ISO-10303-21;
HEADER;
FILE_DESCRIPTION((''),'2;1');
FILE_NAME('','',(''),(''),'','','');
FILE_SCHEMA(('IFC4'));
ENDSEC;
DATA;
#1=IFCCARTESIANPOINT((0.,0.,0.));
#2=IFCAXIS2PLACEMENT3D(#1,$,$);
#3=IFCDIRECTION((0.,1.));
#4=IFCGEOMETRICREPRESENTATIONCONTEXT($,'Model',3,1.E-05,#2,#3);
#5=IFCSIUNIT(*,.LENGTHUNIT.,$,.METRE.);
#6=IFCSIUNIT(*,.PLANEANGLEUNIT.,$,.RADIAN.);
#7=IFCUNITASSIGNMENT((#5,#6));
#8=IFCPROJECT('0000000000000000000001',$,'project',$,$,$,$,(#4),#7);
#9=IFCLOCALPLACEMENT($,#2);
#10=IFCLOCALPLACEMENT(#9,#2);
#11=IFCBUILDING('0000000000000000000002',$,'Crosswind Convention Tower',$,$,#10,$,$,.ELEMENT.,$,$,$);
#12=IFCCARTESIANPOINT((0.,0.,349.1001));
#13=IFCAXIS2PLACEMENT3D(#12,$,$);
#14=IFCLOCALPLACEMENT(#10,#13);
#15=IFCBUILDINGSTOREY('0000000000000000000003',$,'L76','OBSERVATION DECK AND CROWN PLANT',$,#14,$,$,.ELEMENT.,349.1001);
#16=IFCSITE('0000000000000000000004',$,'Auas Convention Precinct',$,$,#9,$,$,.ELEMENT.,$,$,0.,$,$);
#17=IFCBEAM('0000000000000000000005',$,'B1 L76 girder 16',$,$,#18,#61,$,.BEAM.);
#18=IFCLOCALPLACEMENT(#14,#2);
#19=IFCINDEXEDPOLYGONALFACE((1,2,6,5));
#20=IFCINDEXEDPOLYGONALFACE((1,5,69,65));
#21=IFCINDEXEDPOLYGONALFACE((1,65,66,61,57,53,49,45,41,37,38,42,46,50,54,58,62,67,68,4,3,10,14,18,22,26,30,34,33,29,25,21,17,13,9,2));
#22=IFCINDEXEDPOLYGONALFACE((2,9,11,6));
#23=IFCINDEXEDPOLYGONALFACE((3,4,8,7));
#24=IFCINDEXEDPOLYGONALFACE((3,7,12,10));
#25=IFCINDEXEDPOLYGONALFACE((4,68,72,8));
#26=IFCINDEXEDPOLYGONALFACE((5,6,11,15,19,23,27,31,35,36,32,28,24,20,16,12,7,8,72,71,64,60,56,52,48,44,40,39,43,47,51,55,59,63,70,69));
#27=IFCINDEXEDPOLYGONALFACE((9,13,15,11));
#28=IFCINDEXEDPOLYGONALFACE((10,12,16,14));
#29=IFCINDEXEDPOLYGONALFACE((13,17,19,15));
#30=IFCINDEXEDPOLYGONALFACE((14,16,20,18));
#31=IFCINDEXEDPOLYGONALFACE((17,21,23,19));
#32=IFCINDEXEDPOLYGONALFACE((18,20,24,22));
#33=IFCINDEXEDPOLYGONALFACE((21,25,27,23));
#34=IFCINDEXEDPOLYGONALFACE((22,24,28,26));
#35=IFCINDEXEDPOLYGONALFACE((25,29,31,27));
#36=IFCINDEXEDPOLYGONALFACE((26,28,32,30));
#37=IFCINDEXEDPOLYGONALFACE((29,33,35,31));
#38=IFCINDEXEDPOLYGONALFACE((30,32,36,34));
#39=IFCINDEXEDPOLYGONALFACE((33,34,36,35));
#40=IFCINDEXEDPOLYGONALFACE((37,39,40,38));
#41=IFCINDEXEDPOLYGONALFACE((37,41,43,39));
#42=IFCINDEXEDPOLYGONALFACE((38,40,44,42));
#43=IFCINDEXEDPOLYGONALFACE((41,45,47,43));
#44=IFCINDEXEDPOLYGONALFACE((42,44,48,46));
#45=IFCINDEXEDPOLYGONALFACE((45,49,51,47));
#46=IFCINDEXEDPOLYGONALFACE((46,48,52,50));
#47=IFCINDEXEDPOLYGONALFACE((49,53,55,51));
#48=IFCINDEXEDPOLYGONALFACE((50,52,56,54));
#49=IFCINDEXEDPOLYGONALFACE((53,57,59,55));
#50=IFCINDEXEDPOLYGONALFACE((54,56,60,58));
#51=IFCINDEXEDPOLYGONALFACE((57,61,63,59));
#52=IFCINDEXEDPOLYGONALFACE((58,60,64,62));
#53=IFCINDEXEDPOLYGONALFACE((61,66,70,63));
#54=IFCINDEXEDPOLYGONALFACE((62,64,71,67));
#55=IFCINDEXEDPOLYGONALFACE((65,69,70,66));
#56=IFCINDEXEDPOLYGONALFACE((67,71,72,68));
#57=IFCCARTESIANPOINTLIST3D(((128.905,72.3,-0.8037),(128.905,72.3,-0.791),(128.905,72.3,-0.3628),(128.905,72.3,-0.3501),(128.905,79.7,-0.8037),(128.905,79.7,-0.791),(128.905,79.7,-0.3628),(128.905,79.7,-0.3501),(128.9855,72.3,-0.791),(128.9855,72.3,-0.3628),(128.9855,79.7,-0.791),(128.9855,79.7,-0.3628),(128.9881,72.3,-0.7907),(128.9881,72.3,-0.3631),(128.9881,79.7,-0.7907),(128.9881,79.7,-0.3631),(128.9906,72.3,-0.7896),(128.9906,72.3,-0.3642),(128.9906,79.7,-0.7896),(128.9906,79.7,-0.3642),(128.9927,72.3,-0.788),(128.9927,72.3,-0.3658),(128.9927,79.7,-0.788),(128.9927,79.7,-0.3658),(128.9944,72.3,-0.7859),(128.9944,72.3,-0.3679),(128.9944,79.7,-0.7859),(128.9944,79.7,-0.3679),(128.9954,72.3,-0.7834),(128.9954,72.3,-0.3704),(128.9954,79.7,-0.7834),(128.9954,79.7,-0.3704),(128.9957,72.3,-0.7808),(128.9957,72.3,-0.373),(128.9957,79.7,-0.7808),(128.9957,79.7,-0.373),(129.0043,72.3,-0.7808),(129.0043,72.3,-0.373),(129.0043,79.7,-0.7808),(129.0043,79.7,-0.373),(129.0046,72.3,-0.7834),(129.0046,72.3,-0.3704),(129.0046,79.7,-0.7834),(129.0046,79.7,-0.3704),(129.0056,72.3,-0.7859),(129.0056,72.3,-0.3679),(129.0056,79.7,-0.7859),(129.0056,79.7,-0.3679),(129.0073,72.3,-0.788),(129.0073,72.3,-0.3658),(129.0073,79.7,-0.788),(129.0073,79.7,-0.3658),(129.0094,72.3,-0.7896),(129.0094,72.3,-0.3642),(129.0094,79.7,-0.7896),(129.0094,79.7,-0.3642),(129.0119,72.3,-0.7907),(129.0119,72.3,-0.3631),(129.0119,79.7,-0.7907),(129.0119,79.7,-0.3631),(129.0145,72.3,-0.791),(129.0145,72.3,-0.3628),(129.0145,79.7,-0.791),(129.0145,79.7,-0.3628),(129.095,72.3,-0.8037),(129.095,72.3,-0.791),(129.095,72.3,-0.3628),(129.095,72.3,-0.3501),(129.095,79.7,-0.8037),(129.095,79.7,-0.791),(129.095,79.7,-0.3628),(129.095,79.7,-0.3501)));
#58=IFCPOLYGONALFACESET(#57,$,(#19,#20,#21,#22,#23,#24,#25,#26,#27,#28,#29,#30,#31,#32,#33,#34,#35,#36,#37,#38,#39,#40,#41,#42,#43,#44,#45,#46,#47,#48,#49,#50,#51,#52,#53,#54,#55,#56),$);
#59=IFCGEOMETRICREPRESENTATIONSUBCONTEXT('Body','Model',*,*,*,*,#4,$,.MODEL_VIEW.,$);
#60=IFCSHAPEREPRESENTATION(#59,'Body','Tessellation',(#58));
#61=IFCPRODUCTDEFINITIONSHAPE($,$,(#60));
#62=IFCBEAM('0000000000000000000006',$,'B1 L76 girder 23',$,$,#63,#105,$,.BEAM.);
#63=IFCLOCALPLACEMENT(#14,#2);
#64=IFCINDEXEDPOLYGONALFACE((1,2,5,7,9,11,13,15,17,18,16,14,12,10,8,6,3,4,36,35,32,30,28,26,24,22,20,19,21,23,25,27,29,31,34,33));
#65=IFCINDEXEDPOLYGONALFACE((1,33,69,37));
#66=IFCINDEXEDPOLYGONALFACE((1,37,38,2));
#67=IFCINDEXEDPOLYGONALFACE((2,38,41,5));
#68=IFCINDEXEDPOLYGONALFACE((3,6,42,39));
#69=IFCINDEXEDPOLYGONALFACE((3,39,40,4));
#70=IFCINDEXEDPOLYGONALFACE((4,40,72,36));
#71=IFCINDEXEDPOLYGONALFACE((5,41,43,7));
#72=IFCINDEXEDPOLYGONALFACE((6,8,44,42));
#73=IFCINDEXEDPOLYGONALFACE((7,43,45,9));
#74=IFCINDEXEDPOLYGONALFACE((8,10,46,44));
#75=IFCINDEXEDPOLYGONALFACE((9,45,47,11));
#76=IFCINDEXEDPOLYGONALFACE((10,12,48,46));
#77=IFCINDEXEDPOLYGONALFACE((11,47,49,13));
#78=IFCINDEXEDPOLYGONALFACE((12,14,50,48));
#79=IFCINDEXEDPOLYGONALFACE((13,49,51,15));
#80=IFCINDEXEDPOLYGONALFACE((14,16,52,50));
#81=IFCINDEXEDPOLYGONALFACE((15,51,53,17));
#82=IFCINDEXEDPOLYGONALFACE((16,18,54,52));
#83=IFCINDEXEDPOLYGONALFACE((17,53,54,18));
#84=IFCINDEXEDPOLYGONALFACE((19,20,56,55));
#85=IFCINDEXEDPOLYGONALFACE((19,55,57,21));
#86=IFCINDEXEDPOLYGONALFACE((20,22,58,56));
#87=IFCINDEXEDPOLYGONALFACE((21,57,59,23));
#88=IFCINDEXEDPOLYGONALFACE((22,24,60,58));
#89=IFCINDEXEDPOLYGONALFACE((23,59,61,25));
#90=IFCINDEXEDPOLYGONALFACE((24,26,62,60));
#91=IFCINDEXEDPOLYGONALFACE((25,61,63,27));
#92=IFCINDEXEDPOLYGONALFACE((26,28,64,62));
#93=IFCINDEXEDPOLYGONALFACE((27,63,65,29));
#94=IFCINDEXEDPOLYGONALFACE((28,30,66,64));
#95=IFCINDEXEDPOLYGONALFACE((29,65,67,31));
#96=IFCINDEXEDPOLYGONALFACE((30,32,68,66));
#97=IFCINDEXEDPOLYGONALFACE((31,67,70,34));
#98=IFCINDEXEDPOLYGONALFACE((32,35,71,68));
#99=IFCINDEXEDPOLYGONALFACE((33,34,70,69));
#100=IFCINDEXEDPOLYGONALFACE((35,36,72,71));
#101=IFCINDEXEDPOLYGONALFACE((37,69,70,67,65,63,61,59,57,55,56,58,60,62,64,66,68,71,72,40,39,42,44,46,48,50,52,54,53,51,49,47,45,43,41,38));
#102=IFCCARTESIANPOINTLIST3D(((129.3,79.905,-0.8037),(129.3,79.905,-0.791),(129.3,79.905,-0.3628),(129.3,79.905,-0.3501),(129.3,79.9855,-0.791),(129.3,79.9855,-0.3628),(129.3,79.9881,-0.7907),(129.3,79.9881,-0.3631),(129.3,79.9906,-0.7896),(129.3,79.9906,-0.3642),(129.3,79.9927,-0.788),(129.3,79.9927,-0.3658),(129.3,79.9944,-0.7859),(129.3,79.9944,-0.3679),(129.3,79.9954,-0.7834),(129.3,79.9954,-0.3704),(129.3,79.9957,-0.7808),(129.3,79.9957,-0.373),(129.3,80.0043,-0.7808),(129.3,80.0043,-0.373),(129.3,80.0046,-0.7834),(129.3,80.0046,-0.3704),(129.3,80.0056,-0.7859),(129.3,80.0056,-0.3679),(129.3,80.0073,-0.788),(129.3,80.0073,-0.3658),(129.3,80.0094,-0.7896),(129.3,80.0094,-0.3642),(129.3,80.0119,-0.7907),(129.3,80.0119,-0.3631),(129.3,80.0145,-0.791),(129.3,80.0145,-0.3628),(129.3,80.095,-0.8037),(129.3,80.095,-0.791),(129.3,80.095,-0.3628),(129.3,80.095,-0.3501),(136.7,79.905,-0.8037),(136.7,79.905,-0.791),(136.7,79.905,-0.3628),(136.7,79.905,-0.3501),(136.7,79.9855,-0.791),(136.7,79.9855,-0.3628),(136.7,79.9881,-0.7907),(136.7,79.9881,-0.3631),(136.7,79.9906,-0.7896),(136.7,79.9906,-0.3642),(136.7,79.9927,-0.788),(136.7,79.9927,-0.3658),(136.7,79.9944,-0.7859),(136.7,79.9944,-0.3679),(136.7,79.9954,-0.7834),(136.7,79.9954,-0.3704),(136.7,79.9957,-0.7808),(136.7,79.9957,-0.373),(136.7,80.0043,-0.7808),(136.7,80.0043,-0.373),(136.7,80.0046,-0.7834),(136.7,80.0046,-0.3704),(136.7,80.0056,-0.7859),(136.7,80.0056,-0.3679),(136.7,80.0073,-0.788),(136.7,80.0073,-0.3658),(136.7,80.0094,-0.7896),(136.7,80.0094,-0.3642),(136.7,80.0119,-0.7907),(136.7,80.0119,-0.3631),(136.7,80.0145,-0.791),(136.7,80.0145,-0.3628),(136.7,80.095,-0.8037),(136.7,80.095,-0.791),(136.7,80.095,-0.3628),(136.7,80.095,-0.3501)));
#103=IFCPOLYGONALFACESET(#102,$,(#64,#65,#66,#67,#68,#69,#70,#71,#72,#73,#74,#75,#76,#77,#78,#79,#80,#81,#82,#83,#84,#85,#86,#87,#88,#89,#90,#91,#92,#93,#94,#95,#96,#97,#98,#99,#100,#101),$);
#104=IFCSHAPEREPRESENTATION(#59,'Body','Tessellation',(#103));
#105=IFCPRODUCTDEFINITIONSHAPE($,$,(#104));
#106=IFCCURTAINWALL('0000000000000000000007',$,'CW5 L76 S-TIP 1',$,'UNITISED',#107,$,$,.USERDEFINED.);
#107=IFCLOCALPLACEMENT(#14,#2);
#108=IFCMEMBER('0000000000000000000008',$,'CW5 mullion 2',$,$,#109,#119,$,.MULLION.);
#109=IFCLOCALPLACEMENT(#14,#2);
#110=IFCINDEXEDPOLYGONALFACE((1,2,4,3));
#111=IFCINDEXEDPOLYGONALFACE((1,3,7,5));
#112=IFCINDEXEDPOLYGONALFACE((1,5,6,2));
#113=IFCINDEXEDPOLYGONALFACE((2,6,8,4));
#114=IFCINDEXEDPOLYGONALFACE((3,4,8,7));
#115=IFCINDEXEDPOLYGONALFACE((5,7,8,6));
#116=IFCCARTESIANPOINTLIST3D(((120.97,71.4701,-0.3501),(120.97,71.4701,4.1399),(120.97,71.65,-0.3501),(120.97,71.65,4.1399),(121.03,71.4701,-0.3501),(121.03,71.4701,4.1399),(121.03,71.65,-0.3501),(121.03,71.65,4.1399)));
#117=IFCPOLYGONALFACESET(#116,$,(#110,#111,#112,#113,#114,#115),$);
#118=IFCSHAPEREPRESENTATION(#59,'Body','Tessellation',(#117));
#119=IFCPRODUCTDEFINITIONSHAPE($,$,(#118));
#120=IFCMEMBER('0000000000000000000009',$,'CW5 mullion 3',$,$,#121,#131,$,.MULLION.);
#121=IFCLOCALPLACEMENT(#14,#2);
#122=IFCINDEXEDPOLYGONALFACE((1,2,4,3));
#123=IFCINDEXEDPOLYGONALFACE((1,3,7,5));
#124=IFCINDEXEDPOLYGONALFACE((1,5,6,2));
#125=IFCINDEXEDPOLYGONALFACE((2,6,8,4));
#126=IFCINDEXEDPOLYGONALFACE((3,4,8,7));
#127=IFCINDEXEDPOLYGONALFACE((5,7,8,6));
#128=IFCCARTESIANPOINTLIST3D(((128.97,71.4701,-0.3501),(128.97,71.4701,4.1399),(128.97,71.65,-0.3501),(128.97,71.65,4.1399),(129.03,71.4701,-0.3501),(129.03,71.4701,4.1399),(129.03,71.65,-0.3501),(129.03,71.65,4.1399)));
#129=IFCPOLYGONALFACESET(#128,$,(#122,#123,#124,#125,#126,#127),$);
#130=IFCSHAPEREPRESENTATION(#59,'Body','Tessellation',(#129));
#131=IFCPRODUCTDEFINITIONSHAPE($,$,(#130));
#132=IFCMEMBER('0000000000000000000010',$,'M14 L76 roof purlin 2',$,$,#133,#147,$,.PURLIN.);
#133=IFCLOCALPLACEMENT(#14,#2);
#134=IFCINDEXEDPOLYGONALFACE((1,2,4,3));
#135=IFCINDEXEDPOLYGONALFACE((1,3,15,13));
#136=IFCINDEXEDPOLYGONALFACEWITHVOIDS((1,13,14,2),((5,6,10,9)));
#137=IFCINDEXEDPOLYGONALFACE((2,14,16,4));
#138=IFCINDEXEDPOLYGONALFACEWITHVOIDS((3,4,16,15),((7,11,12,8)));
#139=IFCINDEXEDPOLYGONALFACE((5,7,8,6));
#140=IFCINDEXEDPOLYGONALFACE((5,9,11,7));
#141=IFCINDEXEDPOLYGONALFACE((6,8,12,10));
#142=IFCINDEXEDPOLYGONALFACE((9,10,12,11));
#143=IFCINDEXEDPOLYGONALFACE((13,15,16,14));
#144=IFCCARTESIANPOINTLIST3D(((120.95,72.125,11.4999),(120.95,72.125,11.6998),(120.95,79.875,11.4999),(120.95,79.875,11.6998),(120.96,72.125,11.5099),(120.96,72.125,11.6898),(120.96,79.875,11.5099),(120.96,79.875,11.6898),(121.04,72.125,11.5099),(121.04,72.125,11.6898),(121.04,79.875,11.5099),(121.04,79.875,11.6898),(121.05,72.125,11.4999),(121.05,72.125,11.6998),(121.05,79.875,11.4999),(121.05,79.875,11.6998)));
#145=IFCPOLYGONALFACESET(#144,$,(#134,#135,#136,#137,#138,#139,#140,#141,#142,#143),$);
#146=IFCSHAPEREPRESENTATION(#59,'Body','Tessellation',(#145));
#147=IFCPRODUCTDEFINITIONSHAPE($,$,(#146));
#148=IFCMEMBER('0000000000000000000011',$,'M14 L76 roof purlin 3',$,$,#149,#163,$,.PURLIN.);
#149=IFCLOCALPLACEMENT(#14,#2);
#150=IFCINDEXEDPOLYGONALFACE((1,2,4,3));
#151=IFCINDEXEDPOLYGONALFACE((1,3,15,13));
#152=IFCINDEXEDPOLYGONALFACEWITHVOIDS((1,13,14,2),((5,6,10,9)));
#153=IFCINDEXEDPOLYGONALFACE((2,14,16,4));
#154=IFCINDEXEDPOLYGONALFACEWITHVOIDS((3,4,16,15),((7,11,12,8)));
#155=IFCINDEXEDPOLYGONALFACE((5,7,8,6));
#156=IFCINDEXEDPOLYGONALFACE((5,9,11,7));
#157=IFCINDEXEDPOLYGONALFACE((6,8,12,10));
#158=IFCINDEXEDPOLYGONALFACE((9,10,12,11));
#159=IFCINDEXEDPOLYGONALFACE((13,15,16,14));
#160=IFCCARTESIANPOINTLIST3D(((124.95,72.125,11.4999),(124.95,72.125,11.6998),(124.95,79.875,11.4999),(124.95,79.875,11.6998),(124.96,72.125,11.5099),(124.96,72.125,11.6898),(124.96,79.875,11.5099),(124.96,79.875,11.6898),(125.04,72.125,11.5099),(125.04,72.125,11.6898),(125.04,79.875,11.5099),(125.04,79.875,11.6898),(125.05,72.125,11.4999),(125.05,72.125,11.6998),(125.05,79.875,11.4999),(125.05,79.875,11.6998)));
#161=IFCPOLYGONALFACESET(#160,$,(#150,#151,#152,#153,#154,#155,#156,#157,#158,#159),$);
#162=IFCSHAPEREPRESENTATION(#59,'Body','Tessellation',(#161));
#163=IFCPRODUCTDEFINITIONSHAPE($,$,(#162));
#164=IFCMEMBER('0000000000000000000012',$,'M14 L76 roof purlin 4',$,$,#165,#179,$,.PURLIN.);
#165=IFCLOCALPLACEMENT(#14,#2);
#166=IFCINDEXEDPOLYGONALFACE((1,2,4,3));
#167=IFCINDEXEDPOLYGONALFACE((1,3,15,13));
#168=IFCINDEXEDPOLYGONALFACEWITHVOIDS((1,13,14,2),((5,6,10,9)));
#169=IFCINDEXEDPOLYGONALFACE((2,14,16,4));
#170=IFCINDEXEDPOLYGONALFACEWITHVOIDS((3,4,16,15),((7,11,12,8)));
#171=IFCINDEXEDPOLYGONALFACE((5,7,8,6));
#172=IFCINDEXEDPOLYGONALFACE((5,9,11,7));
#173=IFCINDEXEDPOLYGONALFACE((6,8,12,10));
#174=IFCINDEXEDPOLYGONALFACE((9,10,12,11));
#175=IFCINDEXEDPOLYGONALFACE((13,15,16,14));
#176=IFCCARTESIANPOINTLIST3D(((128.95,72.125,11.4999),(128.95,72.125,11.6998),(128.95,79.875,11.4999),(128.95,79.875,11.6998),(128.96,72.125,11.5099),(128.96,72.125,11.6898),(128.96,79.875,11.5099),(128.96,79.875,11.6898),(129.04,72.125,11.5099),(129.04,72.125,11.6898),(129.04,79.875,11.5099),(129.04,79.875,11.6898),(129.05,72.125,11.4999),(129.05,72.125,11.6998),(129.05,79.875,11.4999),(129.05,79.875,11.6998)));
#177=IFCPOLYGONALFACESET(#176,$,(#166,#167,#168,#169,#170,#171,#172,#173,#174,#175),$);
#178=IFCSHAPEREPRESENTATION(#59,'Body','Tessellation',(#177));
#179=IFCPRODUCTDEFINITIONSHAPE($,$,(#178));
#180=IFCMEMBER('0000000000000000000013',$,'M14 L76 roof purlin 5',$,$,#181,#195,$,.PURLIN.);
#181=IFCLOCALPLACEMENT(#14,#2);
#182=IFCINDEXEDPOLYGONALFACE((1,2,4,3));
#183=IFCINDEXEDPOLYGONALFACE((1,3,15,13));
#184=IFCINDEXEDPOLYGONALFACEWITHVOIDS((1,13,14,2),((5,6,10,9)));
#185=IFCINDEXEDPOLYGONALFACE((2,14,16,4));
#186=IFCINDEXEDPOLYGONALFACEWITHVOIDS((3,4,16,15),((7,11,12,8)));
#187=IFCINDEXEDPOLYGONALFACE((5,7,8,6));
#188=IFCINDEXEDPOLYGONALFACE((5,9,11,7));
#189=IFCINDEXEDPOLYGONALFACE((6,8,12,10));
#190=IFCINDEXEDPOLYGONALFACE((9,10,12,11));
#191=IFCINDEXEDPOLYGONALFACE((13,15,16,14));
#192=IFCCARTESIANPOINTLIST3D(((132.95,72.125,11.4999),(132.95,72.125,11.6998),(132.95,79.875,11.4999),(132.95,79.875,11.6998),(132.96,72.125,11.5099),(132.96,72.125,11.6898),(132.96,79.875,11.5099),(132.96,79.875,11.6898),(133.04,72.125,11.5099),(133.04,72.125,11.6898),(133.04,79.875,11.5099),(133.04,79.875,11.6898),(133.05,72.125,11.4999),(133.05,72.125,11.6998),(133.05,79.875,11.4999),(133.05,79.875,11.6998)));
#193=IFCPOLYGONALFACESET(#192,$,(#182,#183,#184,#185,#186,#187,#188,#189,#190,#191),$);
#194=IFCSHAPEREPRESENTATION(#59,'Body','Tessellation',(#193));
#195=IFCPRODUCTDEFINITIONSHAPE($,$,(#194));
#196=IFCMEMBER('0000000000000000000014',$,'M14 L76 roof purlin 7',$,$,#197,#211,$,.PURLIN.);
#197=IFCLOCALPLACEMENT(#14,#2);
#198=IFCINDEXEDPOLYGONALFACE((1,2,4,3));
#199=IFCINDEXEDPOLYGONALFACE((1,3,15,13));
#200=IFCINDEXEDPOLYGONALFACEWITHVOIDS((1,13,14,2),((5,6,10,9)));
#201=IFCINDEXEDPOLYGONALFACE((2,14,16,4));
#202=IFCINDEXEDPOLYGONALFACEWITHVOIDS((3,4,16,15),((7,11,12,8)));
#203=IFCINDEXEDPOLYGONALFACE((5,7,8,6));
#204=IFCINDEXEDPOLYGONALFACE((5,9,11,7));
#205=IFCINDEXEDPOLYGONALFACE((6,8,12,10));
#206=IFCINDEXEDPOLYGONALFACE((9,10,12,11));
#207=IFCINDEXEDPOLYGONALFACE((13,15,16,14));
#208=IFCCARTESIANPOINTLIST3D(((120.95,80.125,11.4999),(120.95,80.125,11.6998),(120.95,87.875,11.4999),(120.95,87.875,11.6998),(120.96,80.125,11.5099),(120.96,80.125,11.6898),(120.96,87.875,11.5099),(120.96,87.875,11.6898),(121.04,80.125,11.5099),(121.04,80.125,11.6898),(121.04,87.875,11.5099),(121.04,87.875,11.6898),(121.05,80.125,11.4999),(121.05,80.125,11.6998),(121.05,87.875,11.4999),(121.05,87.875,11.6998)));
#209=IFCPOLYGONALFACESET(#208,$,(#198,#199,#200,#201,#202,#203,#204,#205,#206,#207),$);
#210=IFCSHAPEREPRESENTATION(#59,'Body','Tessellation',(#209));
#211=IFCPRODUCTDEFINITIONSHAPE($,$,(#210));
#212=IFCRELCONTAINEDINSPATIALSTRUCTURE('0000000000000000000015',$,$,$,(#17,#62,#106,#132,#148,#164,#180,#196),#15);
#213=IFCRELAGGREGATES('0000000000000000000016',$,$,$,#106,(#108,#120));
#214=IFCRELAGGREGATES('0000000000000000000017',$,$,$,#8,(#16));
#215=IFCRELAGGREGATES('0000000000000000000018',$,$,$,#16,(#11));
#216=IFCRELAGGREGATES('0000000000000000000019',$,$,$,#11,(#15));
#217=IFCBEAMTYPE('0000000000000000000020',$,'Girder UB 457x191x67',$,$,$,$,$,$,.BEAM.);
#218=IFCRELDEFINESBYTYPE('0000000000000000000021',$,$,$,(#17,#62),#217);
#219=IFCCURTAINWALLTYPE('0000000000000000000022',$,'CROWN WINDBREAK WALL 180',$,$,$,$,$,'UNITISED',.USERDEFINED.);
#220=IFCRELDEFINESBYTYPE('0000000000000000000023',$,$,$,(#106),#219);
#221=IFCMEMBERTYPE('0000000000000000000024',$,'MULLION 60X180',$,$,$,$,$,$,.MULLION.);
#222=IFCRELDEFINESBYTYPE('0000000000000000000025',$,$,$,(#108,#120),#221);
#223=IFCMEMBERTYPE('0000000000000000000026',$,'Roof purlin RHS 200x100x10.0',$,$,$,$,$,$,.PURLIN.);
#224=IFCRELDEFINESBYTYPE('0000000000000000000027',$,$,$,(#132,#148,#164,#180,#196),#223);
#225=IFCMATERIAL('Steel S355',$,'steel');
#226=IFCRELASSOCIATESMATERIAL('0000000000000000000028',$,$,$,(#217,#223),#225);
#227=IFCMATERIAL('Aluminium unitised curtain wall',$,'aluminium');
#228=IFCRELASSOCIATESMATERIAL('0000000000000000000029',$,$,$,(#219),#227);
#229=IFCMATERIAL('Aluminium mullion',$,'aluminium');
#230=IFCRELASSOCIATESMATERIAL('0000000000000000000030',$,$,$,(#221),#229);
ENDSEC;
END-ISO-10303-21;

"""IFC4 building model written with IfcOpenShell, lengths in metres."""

from ifc_helpers import new_model, si_unit, direction, frame, origin, origin_2d, place, context, subcontext, project, spatial, rectangle, hollow_rectangle, i_section, extrude, material, material_profile, profile_set, type_object, element, aggregate, save


model = new_model("IFC4")

# Units and contexts
model_context = context("Model", 3, precision=1e-05, world=origin(), true_north=direction((0.0, 1.0)))
body_context = subcontext(model_context, "Body", "Model", "MODEL_VIEW")
ifc_project = project(units=[si_unit("LENGTHUNIT", "METRE"), si_unit("PLANEANGLEUNIT", "RADIAN")], contexts=[model_context])

# Site, building, storey
site_placement = place(None, origin())
site = spatial("IfcSite", under=ifc_project, at=site_placement, Name="Auas Convention Precinct", CompositionType="ELEMENT", RefElevation=0.0)
building_placement = place(site_placement, origin())
building = spatial("IfcBuilding", under=site, at=building_placement, Name="Crosswind Convention Tower", CompositionType="ELEMENT")
storey_placement = place(building_placement, frame((0.0, 0.0, 349.1001)))
storey = spatial("IfcBuildingStorey", under=building, at=storey_placement, Name="L76", Description="OBSERVATION DECK AND CROWN PLANT", CompositionType="ELEMENT", Elevation=349.1001)

# Beams
ifc_material_1 = material(Name="Steel S355", Category="steel")
ifc_material_profile_1 = material_profile(ifc_material_1, i_section(OverallWidth=0.1899, OverallDepth=0.4536, WebThickness=0.0085, FlangeThickness=0.0127, FilletRadius=0.0103, at=origin_2d()), Name="UB 457x191x67")
ifc_profile_set_1 = profile_set([ifc_material_profile_1], Name="Steel S355")
beam_type_1 = type_object("IfcBeamType", Name="Girder UB 457x191x67", PredefinedType="BEAM", material=ifc_profile_set_1)
for number, where, z_axis, x_axis, name in (
    (1, (129.0, 72.3, -0.5769), (0.0, 1.0, 0.0), (-1.0, 0.0, 0.0), "B1 L76 girder 16"),
    (2, (129.3, 80.0, -0.5769), (1.0, 0.0, 0.0), (0.0, 1.0, 0.0), "B1 L76 girder 23"),
):
    element("IfcBeam", number, at=place(storey_placement, frame(where, z_axis=z_axis, x_axis=x_axis)), inside=storey, type_object=beam_type_1, Name=name, PredefinedType="BEAM", context=body_context, shape_type="SweptSolid", body=[
        extrude(i_section(OverallWidth=0.1899, OverallDepth=0.4536, WebThickness=0.0085, FlangeThickness=0.0127, FilletRadius=0.0103, at=origin_2d()), origin(), (0.0, 0.0, 1.0), 7.3999),
    ])

# Curtain wall, members
ifc_material_2 = material(Name="Aluminium unitised curtain wall", Category="aluminium")
curtain_wall_type = type_object("IfcCurtainWallType", Name="CROWN WINDBREAK WALL 180", ElementType="UNITISED", PredefinedType="USERDEFINED", material=ifc_material_2)
curtain_wall_placement = place(storey_placement, origin())
curtain_wall = element("IfcCurtainWall", 3, at=curtain_wall_placement, inside=storey, type_object=curtain_wall_type, Name="CW5 L76 S-TIP 1", ObjectType="UNITISED", PredefinedType="USERDEFINED")
ifc_material_3 = material(Name="Aluminium mullion", Category="aluminium")
ifc_material_profile_2 = material_profile(ifc_material_3, rectangle(XDim=0.1799, YDim=0.0601, at=origin_2d()), Name="AL 180X60")
ifc_profile_set_2 = profile_set([ifc_material_profile_2], Name="Aluminium mullion")
member_type_1 = type_object("IfcMemberType", Name="MULLION 60X180", PredefinedType="MULLION", material=ifc_profile_set_2)
member_1_placement = place(storey_placement, frame((121.0, 71.5601, -0.3501), z_axis=(0.0, 0.0, 1.0), x_axis=(0.0, -1.0, 0.0)))
member_1 = element("IfcMember", 4, at=member_1_placement, type_object=member_type_1, Name="CW5 mullion 2", PredefinedType="MULLION", context=body_context, shape_type="SweptSolid", body=[
    extrude(rectangle(XDim=0.1799, YDim=0.0601, at=origin_2d()), origin(), (0.0, 0.0, 1.0), 4.49),
])
member_2_placement = place(storey_placement, frame((129.0, 71.5601, -0.3501), z_axis=(0.0, 0.0, 1.0), x_axis=(0.0, -1.0, 0.0)))
member_2 = element("IfcMember", 5, at=member_2_placement, type_object=member_type_1, Name="CW5 mullion 3", PredefinedType="MULLION", context=body_context, shape_type="SweptSolid", body=[
    extrude(rectangle(XDim=0.1799, YDim=0.0601, at=origin_2d()), origin(), (0.0, 0.0, 1.0), 4.49),
])

# Members
ifc_material_profile_3 = material_profile(ifc_material_1, hollow_rectangle(XDim=0.1001, YDim=0.2, WallThickness=0.01, at=origin_2d()), Name="RHS 200x100x10.0")
ifc_profile_set_3 = profile_set([ifc_material_profile_3], Name="Steel S355")
member_type_2 = type_object("IfcMemberType", Name="Roof purlin RHS 200x100x10.0", PredefinedType="PURLIN", material=ifc_profile_set_3)
for number, where, z_axis, x_axis, name in (
    (6, (121.0, 72.125, 11.5999), (0.0, 1.0, 0.0), (-1.0, 0.0, 0.0), "M14 L76 roof purlin 2"),
    (7, (125.0, 72.125, 11.5999), (0.0, 1.0, 0.0), (-1.0, 0.0, 0.0), "M14 L76 roof purlin 3"),
    (8, (129.0, 72.125, 11.5999), (0.0, 1.0, 0.0), (-1.0, 0.0, 0.0), "M14 L76 roof purlin 4"),
    (9, (133.0, 72.125, 11.5999), (0.0, 1.0, 0.0), (-1.0, 0.0, 0.0), "M14 L76 roof purlin 5"),
    (10, (121.0, 80.125, 11.5999), (0.0, 1.0, 0.0), (-1.0, 0.0, 0.0), "M14 L76 roof purlin 7"),
):
    element("IfcMember", number, at=place(storey_placement, frame(where, z_axis=z_axis, x_axis=x_axis)), inside=storey, type_object=member_type_2, Name=name, PredefinedType="PURLIN", context=body_context, shape_type="SweptSolid", body=[
        extrude(hollow_rectangle(XDim=0.1001, YDim=0.2, WallThickness=0.01, at=origin_2d()), origin(), (0.0, 0.0, 1.0), 7.75),
    ])

aggregate(curtain_wall, [member_1, member_2])

save(model, "model.ifc")
